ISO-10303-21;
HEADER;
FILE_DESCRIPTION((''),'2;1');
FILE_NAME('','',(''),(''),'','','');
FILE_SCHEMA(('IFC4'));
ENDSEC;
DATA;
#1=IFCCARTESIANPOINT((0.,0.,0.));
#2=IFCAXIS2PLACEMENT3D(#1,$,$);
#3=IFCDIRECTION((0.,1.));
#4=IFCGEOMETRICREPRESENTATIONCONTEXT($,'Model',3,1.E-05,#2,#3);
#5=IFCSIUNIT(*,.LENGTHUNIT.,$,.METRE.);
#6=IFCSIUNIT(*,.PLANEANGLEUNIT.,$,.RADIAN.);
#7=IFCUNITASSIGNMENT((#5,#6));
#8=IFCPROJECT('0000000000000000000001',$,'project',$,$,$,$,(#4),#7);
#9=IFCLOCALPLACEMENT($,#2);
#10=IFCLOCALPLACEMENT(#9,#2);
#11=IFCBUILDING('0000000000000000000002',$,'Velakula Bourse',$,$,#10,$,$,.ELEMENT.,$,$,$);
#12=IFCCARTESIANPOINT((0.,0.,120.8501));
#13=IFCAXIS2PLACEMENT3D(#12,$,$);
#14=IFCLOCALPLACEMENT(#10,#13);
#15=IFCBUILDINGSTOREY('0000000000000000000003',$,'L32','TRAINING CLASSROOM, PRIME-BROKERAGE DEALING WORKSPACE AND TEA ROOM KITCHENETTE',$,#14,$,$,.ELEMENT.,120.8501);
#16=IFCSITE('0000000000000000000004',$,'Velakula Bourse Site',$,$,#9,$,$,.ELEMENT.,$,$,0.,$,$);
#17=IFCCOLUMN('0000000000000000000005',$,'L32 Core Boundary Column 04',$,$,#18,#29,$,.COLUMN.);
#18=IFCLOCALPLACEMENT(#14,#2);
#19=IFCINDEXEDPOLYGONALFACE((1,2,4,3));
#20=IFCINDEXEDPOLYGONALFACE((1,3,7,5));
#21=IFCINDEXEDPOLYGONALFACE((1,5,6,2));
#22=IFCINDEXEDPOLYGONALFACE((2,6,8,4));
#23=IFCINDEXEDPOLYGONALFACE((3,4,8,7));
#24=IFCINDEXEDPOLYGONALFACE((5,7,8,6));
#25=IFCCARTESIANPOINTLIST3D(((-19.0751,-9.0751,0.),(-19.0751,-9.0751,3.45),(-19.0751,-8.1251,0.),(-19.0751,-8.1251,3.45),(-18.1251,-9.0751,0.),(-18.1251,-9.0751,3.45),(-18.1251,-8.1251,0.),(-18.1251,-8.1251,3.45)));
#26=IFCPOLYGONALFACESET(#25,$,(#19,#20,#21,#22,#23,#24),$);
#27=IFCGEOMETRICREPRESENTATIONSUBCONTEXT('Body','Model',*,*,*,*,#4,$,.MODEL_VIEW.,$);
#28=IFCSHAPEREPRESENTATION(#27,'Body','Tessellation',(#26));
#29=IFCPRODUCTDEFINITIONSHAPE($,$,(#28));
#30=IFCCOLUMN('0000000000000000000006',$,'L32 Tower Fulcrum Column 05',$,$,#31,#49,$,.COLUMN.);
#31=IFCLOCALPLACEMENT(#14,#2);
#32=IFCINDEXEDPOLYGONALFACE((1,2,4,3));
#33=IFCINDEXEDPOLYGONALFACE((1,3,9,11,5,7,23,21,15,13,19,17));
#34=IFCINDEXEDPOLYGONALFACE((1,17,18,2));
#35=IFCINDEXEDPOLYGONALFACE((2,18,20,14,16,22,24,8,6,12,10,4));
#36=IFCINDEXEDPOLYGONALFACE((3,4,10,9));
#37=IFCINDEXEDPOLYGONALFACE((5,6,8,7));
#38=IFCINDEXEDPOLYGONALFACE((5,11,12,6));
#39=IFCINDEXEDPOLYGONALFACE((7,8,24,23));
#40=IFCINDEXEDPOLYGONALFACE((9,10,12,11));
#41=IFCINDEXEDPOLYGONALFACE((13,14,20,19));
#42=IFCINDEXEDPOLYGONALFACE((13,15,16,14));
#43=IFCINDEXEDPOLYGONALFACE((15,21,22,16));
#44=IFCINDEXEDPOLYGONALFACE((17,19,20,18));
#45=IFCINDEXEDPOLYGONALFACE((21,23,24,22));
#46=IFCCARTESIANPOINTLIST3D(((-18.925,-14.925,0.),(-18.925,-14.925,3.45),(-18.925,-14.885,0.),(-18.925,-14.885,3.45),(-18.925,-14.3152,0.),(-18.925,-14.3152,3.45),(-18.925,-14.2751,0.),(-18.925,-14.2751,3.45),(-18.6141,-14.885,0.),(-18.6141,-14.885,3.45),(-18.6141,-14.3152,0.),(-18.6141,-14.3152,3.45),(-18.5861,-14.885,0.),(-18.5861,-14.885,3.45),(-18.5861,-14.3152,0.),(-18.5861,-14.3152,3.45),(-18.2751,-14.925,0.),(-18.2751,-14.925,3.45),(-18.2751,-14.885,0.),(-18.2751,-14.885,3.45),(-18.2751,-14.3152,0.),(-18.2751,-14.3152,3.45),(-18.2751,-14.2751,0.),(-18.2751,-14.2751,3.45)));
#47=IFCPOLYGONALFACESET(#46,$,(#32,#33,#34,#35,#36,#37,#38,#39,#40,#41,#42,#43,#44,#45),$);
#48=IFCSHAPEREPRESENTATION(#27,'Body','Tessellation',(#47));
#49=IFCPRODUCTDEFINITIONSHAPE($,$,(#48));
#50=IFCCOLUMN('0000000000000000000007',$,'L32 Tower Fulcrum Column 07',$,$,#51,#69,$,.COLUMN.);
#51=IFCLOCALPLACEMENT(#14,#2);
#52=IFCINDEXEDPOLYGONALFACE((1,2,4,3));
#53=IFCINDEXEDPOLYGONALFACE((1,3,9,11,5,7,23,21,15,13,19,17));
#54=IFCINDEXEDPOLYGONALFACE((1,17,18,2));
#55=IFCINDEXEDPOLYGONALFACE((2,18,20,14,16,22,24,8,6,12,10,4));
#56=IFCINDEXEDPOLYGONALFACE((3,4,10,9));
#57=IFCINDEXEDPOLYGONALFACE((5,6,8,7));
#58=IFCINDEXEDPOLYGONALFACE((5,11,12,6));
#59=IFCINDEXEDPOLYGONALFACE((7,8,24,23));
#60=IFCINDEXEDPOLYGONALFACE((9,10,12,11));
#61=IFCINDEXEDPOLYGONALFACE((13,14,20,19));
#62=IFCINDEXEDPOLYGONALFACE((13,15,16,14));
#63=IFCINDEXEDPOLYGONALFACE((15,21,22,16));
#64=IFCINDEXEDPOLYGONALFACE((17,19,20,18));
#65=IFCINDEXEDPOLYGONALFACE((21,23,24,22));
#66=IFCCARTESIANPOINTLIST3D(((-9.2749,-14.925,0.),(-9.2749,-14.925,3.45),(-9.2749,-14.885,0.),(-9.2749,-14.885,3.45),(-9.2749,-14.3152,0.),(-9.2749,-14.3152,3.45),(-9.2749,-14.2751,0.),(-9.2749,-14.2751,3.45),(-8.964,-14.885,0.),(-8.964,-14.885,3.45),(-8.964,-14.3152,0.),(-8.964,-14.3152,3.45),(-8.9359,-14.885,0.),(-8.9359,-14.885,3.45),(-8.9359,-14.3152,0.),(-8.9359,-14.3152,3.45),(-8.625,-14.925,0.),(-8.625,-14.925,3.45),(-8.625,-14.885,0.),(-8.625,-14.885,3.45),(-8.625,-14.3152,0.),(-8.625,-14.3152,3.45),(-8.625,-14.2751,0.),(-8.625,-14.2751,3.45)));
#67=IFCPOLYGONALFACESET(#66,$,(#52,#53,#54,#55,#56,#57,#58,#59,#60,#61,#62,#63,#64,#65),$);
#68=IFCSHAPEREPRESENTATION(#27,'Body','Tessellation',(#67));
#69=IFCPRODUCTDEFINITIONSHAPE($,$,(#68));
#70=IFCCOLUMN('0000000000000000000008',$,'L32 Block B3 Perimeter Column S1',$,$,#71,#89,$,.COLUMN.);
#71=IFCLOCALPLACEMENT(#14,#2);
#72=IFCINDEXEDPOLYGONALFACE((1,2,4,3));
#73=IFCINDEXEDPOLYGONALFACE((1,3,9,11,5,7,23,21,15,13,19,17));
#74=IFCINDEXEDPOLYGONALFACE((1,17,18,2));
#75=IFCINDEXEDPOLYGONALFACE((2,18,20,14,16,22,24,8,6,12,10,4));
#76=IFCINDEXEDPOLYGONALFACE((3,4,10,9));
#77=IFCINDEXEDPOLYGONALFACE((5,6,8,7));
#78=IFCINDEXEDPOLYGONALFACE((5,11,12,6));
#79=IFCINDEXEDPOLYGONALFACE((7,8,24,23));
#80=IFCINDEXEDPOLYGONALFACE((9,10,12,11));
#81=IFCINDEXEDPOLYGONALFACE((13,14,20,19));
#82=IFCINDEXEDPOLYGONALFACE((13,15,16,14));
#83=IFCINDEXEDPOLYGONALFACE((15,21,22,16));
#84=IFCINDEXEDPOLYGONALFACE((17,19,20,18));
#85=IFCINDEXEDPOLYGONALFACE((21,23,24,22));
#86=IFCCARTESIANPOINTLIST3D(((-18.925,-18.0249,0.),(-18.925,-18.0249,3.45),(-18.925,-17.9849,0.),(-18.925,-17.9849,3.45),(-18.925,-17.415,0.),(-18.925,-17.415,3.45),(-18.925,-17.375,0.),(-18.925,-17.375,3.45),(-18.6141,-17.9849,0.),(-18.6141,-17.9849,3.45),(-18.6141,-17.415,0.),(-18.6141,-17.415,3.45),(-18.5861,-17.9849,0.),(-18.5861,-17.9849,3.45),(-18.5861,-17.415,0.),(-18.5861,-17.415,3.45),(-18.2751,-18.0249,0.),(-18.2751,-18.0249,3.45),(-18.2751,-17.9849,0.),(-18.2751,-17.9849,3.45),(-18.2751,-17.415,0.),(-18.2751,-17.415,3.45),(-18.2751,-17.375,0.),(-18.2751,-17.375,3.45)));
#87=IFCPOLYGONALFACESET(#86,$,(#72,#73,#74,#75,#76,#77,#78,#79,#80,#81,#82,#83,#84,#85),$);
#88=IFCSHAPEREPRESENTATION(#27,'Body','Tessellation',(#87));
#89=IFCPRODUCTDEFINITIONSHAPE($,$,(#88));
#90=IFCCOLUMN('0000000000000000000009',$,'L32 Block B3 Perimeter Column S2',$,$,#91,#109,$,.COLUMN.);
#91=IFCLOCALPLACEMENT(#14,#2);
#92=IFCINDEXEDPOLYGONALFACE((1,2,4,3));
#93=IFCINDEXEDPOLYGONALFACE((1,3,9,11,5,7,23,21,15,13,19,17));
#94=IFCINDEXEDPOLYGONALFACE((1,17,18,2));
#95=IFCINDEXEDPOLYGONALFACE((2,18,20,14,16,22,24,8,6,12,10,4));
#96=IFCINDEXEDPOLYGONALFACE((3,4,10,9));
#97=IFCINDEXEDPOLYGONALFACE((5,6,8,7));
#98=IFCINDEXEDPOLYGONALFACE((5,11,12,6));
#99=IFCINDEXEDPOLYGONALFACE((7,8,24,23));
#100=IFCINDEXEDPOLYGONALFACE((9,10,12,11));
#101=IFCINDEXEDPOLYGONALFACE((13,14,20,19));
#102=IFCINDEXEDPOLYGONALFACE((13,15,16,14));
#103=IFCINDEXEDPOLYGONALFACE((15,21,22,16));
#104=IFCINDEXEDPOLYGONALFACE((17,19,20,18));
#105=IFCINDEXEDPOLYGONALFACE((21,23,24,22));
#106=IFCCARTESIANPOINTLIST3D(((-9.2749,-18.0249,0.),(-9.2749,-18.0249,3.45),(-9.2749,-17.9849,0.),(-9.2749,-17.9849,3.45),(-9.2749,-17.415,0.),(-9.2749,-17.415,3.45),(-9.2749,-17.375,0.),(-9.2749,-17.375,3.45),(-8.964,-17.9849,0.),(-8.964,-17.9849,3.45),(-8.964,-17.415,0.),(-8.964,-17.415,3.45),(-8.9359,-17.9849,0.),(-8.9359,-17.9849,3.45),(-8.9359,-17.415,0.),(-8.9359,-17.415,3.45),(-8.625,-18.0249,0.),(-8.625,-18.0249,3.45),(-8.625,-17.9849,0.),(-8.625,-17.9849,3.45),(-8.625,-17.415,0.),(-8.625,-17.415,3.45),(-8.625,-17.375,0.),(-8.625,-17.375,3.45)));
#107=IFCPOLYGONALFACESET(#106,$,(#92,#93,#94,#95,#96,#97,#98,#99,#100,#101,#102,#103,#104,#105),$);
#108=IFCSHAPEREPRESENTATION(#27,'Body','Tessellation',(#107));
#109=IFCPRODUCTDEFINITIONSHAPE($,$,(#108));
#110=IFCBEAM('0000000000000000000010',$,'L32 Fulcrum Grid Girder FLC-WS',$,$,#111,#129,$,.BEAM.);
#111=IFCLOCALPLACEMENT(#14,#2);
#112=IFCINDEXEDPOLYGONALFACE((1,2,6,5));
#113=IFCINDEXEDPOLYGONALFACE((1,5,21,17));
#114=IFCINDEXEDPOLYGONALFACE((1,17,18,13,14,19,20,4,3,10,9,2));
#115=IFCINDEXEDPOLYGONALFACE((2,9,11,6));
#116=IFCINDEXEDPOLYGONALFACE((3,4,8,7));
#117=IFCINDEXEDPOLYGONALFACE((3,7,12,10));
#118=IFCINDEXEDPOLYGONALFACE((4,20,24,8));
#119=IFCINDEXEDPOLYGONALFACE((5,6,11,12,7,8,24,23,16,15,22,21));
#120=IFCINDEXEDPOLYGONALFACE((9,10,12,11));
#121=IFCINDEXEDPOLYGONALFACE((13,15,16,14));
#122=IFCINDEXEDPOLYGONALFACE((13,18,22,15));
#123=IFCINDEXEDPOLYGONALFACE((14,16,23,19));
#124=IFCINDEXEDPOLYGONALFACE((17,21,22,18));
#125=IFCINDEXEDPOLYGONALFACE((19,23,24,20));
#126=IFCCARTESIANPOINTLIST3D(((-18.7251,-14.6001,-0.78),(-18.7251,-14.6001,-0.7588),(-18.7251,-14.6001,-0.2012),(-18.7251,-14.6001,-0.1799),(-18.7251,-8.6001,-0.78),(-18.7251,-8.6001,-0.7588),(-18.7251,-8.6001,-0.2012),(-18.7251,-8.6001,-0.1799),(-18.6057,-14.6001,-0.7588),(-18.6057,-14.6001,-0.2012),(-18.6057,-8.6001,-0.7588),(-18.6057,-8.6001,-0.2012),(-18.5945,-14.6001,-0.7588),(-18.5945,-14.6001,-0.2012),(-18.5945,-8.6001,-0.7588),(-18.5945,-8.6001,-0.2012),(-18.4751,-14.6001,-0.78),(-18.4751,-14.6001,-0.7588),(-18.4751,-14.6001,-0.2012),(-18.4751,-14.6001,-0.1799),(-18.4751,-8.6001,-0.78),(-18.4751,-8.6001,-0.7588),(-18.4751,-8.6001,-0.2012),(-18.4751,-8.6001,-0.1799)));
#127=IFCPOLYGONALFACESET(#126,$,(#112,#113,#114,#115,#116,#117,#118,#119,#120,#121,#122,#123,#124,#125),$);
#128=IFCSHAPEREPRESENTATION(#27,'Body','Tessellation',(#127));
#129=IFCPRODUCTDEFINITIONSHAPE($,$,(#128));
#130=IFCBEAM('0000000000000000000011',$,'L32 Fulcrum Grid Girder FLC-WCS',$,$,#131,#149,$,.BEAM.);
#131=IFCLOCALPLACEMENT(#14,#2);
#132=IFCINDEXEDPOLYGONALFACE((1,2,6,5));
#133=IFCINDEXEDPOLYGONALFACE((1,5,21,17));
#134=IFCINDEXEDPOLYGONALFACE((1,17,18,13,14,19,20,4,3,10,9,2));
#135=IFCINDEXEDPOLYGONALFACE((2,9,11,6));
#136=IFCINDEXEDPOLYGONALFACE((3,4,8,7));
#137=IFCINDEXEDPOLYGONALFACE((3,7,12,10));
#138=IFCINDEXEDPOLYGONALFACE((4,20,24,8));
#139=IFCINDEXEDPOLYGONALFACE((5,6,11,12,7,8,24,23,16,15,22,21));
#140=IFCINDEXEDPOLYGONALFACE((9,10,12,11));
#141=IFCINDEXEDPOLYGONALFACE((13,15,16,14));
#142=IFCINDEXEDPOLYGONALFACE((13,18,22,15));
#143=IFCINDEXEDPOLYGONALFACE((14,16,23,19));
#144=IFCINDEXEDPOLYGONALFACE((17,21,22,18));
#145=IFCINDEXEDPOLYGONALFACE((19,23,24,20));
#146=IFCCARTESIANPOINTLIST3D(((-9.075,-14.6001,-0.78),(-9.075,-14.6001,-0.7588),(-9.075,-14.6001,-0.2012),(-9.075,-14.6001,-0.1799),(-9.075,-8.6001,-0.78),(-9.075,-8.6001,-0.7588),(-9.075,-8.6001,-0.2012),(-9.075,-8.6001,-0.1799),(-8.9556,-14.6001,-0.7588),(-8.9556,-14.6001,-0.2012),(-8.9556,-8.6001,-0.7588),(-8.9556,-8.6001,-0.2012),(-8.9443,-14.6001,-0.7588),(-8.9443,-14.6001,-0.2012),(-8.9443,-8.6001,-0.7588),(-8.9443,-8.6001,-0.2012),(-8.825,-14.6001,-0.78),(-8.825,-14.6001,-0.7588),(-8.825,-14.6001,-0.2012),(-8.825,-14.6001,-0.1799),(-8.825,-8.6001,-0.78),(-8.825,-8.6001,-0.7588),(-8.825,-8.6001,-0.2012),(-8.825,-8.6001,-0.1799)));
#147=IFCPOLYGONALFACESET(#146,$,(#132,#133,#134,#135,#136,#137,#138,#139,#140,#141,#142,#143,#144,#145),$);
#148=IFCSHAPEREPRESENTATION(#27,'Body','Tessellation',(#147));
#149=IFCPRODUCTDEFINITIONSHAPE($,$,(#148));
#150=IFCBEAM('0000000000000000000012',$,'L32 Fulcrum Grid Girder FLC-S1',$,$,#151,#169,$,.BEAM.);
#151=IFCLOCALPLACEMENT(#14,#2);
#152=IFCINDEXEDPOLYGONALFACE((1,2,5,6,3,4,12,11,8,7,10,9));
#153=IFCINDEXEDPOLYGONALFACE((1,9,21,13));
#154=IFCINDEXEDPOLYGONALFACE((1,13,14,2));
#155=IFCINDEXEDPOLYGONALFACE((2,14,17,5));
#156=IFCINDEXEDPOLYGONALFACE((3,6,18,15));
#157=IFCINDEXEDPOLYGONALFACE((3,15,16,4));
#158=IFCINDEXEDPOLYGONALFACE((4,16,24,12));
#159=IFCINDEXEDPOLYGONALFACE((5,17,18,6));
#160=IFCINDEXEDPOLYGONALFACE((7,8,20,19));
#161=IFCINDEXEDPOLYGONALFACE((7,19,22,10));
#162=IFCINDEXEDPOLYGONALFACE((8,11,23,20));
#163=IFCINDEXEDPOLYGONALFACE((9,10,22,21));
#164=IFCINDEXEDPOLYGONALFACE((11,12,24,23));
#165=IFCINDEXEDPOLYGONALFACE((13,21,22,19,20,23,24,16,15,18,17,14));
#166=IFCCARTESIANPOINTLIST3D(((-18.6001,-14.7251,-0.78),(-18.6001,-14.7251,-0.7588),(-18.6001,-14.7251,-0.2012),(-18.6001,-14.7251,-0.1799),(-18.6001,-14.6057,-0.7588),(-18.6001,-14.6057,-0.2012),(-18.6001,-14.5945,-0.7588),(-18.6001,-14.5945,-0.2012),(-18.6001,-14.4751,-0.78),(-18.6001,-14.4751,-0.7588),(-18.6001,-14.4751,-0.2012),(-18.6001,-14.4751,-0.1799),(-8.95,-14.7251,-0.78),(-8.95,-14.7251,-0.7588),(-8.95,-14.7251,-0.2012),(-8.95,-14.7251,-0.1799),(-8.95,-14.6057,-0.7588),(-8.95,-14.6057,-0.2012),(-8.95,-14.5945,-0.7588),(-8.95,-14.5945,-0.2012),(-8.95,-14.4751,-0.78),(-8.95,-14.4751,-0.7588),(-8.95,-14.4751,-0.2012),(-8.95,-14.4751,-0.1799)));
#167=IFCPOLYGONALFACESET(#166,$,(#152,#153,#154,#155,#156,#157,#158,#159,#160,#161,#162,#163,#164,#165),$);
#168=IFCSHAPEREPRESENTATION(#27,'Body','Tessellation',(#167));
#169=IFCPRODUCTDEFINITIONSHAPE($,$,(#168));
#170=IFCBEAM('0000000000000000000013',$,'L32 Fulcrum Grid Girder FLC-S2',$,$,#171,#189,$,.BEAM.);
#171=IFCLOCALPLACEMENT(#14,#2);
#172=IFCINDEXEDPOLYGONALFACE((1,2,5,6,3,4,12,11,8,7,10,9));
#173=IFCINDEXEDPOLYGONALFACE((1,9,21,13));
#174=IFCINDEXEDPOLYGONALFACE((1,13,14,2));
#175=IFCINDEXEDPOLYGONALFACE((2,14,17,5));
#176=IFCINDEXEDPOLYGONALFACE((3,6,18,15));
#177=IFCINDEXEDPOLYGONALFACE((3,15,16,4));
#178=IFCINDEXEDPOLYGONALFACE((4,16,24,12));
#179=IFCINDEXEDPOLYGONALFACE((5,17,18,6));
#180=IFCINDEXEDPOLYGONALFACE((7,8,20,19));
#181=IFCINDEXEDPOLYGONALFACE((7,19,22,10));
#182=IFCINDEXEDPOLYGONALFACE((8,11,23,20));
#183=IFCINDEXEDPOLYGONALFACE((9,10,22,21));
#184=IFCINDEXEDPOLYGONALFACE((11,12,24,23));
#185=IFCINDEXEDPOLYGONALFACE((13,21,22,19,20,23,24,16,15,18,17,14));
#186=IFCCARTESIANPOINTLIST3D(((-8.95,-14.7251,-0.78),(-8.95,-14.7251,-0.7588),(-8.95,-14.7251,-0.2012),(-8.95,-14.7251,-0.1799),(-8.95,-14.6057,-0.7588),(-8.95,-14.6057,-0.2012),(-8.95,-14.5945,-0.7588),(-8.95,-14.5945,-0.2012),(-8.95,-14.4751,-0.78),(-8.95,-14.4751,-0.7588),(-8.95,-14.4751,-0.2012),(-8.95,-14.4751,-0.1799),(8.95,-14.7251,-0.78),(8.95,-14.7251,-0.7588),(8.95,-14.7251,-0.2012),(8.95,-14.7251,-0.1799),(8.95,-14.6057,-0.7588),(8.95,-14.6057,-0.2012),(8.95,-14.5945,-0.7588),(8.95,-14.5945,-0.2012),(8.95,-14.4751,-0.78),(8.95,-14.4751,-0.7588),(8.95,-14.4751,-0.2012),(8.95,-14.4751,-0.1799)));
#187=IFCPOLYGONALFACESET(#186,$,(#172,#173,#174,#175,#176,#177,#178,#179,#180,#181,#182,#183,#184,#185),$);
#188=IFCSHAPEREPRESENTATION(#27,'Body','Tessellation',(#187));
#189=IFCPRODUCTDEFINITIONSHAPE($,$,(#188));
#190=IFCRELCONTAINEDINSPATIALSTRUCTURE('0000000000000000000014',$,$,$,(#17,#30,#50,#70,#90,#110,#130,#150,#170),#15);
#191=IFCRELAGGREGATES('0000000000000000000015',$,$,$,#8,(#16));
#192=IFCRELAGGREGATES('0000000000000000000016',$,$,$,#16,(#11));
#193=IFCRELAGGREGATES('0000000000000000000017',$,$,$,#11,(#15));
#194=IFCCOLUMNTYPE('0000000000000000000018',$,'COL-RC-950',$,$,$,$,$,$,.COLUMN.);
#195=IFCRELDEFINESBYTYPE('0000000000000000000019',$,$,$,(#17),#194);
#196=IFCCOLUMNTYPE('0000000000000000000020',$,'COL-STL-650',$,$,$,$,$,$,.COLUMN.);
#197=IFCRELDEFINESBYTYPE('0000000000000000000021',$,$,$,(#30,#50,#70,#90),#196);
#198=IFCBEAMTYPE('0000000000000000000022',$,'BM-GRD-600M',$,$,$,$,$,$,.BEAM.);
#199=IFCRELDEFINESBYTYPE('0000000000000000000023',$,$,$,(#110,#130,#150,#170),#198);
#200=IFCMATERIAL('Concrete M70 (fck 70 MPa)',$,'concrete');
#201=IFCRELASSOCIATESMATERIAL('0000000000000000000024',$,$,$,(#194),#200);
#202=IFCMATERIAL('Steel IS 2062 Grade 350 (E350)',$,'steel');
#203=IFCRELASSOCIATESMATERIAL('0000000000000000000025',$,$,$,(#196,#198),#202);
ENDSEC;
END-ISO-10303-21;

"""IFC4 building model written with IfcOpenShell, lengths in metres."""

from ifc_helpers import new_model, si_unit, direction, frame, origin, origin_2d, place, context, subcontext, project, spatial, rectangle, i_section, extrude, material, material_profile, profile_set, type_object, element, save


model = new_model("IFC4")

# Units and contexts
model_context = context("Model", 3, precision=1e-05, world=origin(), true_north=direction((0.0, 1.0)))
body_context = subcontext(model_context, "Body", "Model", "MODEL_VIEW")
ifc_project = project(units=[si_unit("LENGTHUNIT", "METRE"), si_unit("PLANEANGLEUNIT", "RADIAN")], contexts=[model_context])

# Site, building, storey
site_placement = place(None, origin())
site = spatial("IfcSite", under=ifc_project, at=site_placement, Name="Velakula Bourse Site", CompositionType="ELEMENT", RefElevation=0.0)
building_placement = place(site_placement, origin())
building = spatial("IfcBuilding", under=site, at=building_placement, Name="Velakula Bourse", CompositionType="ELEMENT")
storey_placement = place(building_placement, frame((0.0, 0.0, 120.8501)))
storey = spatial("IfcBuildingStorey", under=building, at=storey_placement, Name="L32", Description="TRAINING CLASSROOM, PRIME-BROKERAGE DEALING WORKSPACE AND TEA ROOM KITCHENETTE", CompositionType="ELEMENT", Elevation=120.8501)

# Columns
ifc_material_1 = material(Name="Concrete M70 (fck 70 MPa)", Category="concrete")
ifc_material_profile_1 = material_profile(ifc_material_1, rectangle(XDim=0.95, YDim=0.95, at=origin_2d()), Name="Concrete M70 (fck 70 MPa)")
ifc_profile_set_1 = profile_set([ifc_material_profile_1], Name="Concrete M70 (fck 70 MPa)")
column_type_1 = type_object("IfcColumnType", Name="COL-RC-950", PredefinedType="COLUMN", material=ifc_profile_set_1)
column_placement = place(storey_placement, frame((-18.6001, -8.6001, 0.0), z_axis=(0.0, 0.0, 1.0), x_axis=(1.0, 0.0, 0.0)))
element("IfcColumn", 1, at=column_placement, inside=storey, type_object=column_type_1, Name="L32 Core Boundary Column 04", PredefinedType="COLUMN", context=body_context, shape_type="SweptSolid", body=[
    extrude(rectangle(XDim=0.95, YDim=0.95, at=origin_2d()), origin(), (0.0, 0.0, 1.0), 3.45),
])
ifc_material_2 = material(Name="Steel IS 2062 Grade 350 (E350)", Category="steel")
ifc_material_profile_2 = material_profile(ifc_material_2, i_section(OverallWidth=0.6499, OverallDepth=0.6499, WebThickness=0.0281, FlangeThickness=0.04, at=origin_2d()), Name="Steel IS 2062 Grade 350 (E350)")
ifc_profile_set_2 = profile_set([ifc_material_profile_2], Name="Steel IS 2062 Grade 350 (E350)")
column_type_2 = type_object("IfcColumnType", Name="COL-STL-650", PredefinedType="COLUMN", material=ifc_profile_set_2)
for number, where, z_axis, x_axis, name in (
    (2, (-18.6001, -14.6001, 0.0), (0.0, 0.0, 1.0), (1.0, 0.0, 0.0), "L32 Tower Fulcrum Column 05"),
    (3, (-8.95, -14.6001, 0.0), (0.0, 0.0, 1.0), (1.0, 0.0, 0.0), "L32 Tower Fulcrum Column 07"),
    (4, (-18.6001, -17.7, 0.0), (0.0, 0.0, 1.0), (1.0, 0.0, 0.0), "L32 Block B3 Perimeter Column S1"),
    (5, (-8.95, -17.7, 0.0), (0.0, 0.0, 1.0), (1.0, 0.0, 0.0), "L32 Block B3 Perimeter Column S2"),
):
    element("IfcColumn", number, at=place(storey_placement, frame(where, z_axis=z_axis, x_axis=x_axis)), inside=storey, type_object=column_type_2, Name=name, PredefinedType="COLUMN", context=body_context, shape_type="SweptSolid", body=[
        extrude(i_section(OverallWidth=0.6499, OverallDepth=0.6499, WebThickness=0.0281, FlangeThickness=0.04, at=origin_2d()), origin(), (0.0, 0.0, 1.0), 3.45),
    ])

# Beams
ifc_material_profile_3 = material_profile(ifc_material_2, i_section(OverallWidth=0.25, OverallDepth=0.6001, WebThickness=0.0112, FlangeThickness=0.0212, at=origin_2d()), Name="Steel IS 2062 Grade 350 (E350)")
ifc_profile_set_3 = profile_set([ifc_material_profile_3], Name="Steel IS 2062 Grade 350 (E350)")
beam_type_1 = type_object("IfcBeamType", Name="BM-GRD-600M", PredefinedType="BEAM", material=ifc_profile_set_3)
for number, where, z_axis, x_axis, name in (
    (6, (-18.6001, -14.6001, -0.48), (0.0, 1.0, 0.0), (-1.0, 0.0, 0.0), "L32 Fulcrum Grid Girder FLC-WS"),
    (7, (-8.95, -14.6001, -0.48), (0.0, 1.0, 0.0), (-1.0, 0.0, 0.0), "L32 Fulcrum Grid Girder FLC-WCS"),
):
    element("IfcBeam", number, at=place(storey_placement, frame(where, z_axis=z_axis, x_axis=x_axis)), inside=storey, type_object=beam_type_1, Name=name, PredefinedType="BEAM", context=body_context, shape_type="SweptSolid", body=[
        extrude(i_section(OverallWidth=0.25, OverallDepth=0.6001, WebThickness=0.0112, FlangeThickness=0.0212, at=origin_2d()), origin(), (0.0, 0.0, 1.0), 6.0),
    ])
beam_1_placement = place(storey_placement, frame((-18.6001, -14.6001, -0.48), z_axis=(1.0, 0.0, 0.0), x_axis=(0.0, 1.0, 0.0)))
element("IfcBeam", 8, at=beam_1_placement, inside=storey, type_object=beam_type_1, Name="L32 Fulcrum Grid Girder FLC-S1", PredefinedType="BEAM", context=body_context, shape_type="SweptSolid", body=[
    extrude(i_section(OverallWidth=0.25, OverallDepth=0.6001, WebThickness=0.0112, FlangeThickness=0.0212, at=origin_2d()), origin(), (0.0, 0.0, 1.0), 9.6501),
])
beam_2_placement = place(storey_placement, frame((-8.95, -14.6001, -0.48), z_axis=(1.0, 0.0, 0.0), x_axis=(0.0, 1.0, 0.0)))
element("IfcBeam", 9, at=beam_2_placement, inside=storey, type_object=beam_type_1, Name="L32 Fulcrum Grid Girder FLC-S2", PredefinedType="BEAM", context=body_context, shape_type="SweptSolid", body=[
    extrude(i_section(OverallWidth=0.25, OverallDepth=0.6001, WebThickness=0.0112, FlangeThickness=0.0212, at=origin_2d()), origin(), (0.0, 0.0, 1.0), 17.8999),
])

save(model, "model.ifc")
